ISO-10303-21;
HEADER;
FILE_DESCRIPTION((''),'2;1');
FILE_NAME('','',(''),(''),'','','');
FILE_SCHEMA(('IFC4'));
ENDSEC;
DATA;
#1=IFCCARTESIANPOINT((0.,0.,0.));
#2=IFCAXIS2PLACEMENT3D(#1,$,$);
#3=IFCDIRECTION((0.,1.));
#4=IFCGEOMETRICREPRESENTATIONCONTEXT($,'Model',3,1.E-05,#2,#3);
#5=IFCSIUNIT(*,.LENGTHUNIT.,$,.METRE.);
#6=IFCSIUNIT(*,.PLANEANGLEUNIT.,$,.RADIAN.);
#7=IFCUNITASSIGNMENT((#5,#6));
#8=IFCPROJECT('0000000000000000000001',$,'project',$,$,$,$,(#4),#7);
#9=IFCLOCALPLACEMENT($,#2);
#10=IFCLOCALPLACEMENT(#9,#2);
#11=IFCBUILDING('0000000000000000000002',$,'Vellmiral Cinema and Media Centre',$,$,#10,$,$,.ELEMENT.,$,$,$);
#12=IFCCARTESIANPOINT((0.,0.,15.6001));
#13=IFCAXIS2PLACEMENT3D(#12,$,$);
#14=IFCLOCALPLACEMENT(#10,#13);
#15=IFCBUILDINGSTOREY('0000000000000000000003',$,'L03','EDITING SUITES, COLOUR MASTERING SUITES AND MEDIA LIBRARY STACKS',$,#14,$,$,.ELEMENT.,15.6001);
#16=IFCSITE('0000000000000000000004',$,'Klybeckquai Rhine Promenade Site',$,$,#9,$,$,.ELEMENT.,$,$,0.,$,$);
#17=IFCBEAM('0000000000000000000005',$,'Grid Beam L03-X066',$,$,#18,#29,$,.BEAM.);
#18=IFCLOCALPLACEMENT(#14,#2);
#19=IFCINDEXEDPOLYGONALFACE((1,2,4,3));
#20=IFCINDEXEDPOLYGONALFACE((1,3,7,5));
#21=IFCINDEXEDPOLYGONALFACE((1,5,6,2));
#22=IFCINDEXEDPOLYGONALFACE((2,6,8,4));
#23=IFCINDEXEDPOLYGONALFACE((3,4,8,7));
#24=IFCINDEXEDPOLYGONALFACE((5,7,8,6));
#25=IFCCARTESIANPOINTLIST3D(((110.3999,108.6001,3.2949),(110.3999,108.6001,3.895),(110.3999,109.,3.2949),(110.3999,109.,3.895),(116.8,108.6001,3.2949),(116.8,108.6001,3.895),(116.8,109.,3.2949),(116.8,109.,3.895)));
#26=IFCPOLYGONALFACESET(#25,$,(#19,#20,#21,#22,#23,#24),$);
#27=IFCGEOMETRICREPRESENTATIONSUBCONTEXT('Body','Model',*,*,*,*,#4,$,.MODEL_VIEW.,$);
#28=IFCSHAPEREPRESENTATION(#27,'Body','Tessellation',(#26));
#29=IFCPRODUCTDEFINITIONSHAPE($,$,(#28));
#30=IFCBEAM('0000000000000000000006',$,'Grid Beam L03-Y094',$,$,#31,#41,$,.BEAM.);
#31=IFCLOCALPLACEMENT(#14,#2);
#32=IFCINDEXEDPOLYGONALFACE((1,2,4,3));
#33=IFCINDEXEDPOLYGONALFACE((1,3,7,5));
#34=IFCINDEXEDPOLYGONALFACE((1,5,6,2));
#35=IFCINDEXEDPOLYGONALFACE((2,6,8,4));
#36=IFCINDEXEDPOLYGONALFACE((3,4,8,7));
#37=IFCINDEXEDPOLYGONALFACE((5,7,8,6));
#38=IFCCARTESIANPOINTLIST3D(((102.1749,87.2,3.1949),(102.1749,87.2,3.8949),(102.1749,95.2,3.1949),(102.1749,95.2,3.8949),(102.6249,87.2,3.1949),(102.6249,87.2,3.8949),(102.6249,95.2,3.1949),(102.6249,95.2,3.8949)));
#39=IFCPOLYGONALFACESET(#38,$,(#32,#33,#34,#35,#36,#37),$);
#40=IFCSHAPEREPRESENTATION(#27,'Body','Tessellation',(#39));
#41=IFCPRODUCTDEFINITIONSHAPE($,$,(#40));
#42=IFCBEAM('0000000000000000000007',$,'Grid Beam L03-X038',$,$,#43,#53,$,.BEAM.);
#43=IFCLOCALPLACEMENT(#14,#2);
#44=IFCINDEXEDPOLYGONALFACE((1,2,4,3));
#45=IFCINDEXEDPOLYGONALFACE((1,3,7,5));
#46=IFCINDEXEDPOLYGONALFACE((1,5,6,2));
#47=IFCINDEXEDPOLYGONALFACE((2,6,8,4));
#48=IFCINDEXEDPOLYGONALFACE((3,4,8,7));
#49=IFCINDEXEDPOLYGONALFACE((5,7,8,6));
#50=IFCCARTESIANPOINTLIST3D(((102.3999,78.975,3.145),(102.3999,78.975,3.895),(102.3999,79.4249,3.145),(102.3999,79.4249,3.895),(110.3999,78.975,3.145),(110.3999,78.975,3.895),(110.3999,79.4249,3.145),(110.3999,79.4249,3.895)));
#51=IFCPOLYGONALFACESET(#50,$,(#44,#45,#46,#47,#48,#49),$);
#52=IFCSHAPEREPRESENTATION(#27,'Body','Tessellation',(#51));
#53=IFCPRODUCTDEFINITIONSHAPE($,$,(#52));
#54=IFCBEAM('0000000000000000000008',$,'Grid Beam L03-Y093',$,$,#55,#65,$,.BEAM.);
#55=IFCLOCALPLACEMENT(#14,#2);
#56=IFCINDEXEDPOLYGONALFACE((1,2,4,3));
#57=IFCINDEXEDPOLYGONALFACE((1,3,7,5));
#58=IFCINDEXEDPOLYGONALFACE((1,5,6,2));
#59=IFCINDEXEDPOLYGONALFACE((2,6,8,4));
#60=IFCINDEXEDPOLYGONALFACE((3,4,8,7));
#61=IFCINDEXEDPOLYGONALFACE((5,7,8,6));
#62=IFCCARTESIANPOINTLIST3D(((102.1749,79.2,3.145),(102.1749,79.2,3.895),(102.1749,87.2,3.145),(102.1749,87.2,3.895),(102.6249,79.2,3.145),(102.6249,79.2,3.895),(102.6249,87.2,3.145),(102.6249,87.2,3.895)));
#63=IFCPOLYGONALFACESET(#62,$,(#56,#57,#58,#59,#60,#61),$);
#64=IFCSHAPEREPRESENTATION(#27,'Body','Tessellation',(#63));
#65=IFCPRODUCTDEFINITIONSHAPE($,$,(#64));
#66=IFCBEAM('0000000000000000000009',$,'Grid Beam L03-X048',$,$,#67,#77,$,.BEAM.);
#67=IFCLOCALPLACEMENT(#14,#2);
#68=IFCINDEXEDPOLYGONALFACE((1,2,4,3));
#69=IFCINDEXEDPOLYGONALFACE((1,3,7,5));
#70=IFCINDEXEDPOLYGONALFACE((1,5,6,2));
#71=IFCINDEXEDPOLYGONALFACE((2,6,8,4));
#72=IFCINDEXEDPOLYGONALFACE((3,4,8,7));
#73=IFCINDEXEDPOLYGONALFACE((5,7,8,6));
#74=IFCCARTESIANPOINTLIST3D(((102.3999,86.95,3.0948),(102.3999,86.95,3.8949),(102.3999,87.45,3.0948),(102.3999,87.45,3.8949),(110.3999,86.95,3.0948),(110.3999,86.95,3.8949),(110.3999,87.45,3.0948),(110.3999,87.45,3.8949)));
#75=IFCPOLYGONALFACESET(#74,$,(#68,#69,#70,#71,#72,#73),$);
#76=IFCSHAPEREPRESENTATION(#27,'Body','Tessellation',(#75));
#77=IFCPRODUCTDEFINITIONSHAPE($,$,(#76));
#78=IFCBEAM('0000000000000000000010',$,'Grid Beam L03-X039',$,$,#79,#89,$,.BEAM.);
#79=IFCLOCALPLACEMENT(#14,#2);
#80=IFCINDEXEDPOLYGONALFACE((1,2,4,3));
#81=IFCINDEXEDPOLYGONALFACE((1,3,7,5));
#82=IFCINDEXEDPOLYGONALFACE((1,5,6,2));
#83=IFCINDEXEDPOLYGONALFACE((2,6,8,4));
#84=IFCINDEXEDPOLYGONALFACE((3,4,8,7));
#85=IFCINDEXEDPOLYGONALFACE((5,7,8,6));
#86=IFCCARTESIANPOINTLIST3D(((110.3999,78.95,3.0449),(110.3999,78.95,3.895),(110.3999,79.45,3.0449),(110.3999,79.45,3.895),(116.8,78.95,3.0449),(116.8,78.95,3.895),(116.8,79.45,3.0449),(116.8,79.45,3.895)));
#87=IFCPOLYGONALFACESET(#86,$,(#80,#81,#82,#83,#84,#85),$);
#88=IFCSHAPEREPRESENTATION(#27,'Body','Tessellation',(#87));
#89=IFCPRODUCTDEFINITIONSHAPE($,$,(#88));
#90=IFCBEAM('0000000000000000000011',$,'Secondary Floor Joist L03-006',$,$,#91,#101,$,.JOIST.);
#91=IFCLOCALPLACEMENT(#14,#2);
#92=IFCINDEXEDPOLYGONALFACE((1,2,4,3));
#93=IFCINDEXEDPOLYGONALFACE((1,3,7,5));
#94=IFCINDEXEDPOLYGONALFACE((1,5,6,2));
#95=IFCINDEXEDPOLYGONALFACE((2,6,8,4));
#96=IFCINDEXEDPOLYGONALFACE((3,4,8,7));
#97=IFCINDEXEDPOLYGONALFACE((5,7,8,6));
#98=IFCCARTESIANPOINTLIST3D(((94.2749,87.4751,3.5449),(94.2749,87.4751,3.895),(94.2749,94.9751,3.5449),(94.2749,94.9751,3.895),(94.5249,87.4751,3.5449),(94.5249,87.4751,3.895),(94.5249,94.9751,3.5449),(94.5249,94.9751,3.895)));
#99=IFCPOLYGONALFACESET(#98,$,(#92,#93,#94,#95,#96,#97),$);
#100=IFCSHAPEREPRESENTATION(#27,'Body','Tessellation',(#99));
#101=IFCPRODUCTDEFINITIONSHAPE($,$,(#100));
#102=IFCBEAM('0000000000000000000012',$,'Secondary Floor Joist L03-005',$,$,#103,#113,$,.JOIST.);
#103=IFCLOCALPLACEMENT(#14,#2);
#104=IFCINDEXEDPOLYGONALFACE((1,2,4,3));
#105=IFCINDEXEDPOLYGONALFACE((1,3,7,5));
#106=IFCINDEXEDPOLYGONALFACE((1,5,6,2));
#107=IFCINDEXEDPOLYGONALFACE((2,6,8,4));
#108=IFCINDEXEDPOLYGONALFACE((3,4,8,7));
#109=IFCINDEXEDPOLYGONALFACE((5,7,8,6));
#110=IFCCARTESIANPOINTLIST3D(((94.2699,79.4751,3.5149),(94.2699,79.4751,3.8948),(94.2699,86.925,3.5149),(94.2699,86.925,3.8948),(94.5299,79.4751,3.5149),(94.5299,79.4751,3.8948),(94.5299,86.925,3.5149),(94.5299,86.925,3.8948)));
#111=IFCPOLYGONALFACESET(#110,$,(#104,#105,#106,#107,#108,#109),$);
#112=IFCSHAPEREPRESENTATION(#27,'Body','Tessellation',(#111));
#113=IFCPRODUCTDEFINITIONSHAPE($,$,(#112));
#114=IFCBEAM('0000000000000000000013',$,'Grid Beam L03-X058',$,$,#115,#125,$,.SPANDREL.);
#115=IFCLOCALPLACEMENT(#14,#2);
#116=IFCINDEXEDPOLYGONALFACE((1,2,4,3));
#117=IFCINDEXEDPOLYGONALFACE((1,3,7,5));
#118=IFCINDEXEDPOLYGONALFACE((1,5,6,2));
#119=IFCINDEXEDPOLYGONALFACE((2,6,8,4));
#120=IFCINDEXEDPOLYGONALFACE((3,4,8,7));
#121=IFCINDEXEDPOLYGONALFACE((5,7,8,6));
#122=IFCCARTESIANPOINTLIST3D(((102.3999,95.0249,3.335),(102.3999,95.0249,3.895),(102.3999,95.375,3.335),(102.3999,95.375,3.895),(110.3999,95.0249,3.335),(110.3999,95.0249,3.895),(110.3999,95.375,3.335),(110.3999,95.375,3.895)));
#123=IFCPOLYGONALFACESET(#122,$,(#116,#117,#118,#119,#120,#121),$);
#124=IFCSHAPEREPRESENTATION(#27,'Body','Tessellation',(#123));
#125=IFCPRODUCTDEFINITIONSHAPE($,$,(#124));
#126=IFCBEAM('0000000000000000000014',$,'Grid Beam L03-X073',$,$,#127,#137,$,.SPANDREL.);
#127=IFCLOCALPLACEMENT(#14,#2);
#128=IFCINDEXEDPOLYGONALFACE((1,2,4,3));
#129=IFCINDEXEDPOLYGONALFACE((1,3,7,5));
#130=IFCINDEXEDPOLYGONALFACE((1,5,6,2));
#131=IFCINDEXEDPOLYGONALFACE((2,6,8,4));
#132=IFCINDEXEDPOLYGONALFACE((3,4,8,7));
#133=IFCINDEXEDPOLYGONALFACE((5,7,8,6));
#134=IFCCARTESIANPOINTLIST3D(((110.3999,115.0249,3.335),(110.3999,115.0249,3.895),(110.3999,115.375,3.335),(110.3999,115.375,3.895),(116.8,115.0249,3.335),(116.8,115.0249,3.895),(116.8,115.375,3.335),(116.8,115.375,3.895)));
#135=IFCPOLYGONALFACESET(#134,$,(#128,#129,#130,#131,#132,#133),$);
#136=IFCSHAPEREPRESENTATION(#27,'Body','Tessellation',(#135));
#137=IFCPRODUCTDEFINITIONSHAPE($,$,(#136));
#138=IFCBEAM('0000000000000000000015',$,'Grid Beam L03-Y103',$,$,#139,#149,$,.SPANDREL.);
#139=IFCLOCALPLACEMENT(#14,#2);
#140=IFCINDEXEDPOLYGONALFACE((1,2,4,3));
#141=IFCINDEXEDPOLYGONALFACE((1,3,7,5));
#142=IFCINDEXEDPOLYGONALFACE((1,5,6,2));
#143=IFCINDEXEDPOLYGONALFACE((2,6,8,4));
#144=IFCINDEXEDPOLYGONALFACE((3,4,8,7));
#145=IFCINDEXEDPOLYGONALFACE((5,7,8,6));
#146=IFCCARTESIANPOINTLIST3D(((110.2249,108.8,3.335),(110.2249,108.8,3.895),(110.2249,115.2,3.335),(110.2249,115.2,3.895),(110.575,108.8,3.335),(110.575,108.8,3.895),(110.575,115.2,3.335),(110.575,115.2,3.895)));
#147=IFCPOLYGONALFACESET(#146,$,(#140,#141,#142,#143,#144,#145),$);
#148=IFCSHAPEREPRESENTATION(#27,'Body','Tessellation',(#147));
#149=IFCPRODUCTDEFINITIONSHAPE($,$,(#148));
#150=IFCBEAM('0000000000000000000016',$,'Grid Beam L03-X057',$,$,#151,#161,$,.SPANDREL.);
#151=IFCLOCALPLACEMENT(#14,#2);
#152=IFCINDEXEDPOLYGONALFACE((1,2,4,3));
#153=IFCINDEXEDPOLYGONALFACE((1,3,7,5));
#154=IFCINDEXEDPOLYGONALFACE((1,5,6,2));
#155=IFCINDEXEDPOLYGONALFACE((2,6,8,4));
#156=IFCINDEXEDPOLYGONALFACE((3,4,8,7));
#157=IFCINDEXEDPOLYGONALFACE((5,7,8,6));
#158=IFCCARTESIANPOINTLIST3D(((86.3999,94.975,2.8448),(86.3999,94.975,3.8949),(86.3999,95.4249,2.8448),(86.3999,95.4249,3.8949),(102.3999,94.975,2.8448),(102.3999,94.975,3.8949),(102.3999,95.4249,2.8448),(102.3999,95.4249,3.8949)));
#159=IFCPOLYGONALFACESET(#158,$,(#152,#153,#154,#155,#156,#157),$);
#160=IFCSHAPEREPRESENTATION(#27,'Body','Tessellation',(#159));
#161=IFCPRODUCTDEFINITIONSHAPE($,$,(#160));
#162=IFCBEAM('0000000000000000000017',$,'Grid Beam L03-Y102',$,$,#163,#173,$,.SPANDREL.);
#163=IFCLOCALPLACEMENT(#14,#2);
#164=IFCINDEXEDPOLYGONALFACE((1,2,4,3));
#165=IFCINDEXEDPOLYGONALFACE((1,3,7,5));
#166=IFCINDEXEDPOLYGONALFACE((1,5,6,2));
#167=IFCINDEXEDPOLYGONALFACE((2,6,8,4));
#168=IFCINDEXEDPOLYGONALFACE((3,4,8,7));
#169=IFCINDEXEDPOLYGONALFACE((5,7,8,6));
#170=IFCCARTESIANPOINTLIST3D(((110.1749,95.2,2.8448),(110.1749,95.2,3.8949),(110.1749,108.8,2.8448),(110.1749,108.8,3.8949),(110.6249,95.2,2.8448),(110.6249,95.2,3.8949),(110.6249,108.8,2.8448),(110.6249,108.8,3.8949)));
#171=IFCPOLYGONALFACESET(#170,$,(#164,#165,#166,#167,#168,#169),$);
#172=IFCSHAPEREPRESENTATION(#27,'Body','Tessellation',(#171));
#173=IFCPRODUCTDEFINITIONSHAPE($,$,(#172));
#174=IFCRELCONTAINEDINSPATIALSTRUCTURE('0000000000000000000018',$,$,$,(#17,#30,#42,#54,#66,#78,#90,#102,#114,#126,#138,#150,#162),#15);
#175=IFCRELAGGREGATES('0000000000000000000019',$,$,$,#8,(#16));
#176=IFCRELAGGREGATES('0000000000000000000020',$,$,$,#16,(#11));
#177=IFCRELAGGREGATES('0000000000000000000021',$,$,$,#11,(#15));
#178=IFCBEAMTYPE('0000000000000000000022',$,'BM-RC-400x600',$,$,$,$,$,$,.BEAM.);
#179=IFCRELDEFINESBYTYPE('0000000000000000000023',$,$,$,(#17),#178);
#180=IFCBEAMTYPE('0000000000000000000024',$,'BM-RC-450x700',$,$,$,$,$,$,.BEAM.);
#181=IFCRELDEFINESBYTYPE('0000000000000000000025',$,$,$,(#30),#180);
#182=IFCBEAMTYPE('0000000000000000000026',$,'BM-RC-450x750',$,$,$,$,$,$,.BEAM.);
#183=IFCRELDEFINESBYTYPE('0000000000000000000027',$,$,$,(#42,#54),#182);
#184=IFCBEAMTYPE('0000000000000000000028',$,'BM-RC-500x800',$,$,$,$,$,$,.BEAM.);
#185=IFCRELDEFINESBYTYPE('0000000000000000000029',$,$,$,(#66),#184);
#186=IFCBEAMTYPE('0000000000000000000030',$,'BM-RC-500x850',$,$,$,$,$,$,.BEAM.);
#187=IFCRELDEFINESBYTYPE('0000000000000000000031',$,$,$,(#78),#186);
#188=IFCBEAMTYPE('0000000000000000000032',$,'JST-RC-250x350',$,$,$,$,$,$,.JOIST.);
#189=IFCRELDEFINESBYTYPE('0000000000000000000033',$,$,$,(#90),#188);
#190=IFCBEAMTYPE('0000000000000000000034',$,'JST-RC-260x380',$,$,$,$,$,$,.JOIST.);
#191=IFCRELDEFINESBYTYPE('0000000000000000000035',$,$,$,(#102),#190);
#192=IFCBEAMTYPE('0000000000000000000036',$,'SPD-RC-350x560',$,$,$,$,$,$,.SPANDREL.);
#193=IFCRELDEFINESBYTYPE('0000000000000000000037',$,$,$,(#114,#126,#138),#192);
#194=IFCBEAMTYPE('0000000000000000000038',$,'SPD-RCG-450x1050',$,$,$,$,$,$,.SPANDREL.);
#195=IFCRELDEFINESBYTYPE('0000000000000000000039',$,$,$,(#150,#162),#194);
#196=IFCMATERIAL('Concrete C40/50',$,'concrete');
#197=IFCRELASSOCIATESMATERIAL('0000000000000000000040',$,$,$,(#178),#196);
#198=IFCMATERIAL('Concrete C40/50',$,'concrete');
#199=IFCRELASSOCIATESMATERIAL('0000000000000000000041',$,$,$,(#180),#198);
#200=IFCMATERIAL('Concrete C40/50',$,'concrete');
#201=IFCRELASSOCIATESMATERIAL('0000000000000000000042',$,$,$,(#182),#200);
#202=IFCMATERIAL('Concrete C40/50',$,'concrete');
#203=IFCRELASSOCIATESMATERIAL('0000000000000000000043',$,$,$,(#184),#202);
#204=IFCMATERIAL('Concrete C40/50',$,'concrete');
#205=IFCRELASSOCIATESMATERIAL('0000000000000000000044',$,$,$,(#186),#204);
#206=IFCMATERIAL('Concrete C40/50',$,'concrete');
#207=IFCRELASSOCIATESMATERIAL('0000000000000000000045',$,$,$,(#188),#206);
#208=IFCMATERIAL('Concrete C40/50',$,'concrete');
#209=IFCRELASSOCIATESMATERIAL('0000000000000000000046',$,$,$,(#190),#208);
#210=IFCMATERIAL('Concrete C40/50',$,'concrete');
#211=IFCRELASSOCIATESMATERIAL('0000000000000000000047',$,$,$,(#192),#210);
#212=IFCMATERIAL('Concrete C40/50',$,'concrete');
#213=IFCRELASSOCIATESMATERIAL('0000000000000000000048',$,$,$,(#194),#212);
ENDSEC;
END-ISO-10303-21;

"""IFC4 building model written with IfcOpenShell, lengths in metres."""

from ifc_helpers import new_model, si_unit, direction, frame, origin, origin_2d, place, context, subcontext, project, spatial, rectangle, extrude, material, material_profile, profile_set, type_object, element, save


model = new_model("IFC4")

# Units and contexts
model_context = context("Model", 3, precision=1e-05, world=origin(), true_north=direction((0.0, 1.0)))
body_context = subcontext(model_context, "Body", "Model", "MODEL_VIEW")
ifc_project = project(units=[si_unit("LENGTHUNIT", "METRE"), si_unit("PLANEANGLEUNIT", "RADIAN")], contexts=[model_context])

# Site, building, storey
site_placement = place(None, origin())
site = spatial("IfcSite", under=ifc_project, at=site_placement, Name="Klybeckquai Rhine Promenade Site", CompositionType="ELEMENT", RefElevation=0.0)
building_placement = place(site_placement, origin())
building = spatial("IfcBuilding", under=site, at=building_placement, Name="Vellmiral Cinema and Media Centre", CompositionType="ELEMENT")
storey_placement = place(building_placement, frame((0.0, 0.0, 15.6001)))
storey = spatial("IfcBuildingStorey", under=building, at=storey_placement, Name="L03", Description="EDITING SUITES, COLOUR MASTERING SUITES AND MEDIA LIBRARY STACKS", CompositionType="ELEMENT", Elevation=15.6001)

# Beams
ifc_material_1 = material(Name="Concrete C40/50", Category="concrete")
ifc_material_profile_1 = material_profile(ifc_material_1, rectangle(XDim=0.3999, YDim=0.6001, at=origin_2d()), Name="RC 400x600")
ifc_profile_set_1 = profile_set([ifc_material_profile_1], Name="Concrete C40/50")
beam_type_1 = type_object("IfcBeamType", Name="BM-RC-400x600", PredefinedType="BEAM", material=ifc_profile_set_1)
beam_1_placement = place(storey_placement, frame((110.3999, 108.8, 3.595), z_axis=(1.0, 0.0, 0.0), x_axis=(0.0, 1.0, 0.0)))
element("IfcBeam", 1, at=beam_1_placement, inside=storey, type_object=beam_type_1, Name="Grid Beam L03-X066", PredefinedType="BEAM", context=body_context, shape_type="SweptSolid", body=[
    extrude(rectangle(XDim=0.3999, YDim=0.6001, at=origin_2d()), origin(), (0.0, 0.0, 1.0), 6.4001),
])
ifc_material_2 = material(Name="Concrete C40/50", Category="concrete")
ifc_material_profile_2 = material_profile(ifc_material_2, rectangle(XDim=0.45, YDim=0.7, at=origin_2d()), Name="RC 450x700")
ifc_profile_set_2 = profile_set([ifc_material_profile_2], Name="Concrete C40/50")
beam_type_2 = type_object("IfcBeamType", Name="BM-RC-450x700", PredefinedType="BEAM", material=ifc_profile_set_2)
beam_2_placement = place(storey_placement, frame((102.3999, 87.2, 3.5449), z_axis=(0.0, 1.0, 0.0), x_axis=(-1.0, 0.0, 0.0)))
element("IfcBeam", 2, at=beam_2_placement, inside=storey, type_object=beam_type_2, Name="Grid Beam L03-Y094", PredefinedType="BEAM", context=body_context, shape_type="SweptSolid", body=[
    extrude(rectangle(XDim=0.45, YDim=0.7, at=origin_2d()), origin(), (0.0, 0.0, 1.0), 8.0),
])
ifc_material_3 = material(Name="Concrete C40/50", Category="concrete")
ifc_material_profile_3 = material_profile(ifc_material_3, rectangle(XDim=0.45, YDim=0.75, at=origin_2d()), Name="RC 450x750")
ifc_profile_set_3 = profile_set([ifc_material_profile_3], Name="Concrete C40/50")
beam_type_3 = type_object("IfcBeamType", Name="BM-RC-450x750", PredefinedType="BEAM", material=ifc_profile_set_3)
for number, where, z_axis, x_axis, name in (
    (3, (102.3999, 79.2, 3.52), (1.0, 0.0, 0.0), (0.0, 1.0, 0.0), "Grid Beam L03-X038"),
    (4, (102.3999, 79.2, 3.52), (0.0, 1.0, 0.0), (-1.0, 0.0, 0.0), "Grid Beam L03-Y093"),
):
    element("IfcBeam", number, at=place(storey_placement, frame(where, z_axis=z_axis, x_axis=x_axis)), inside=storey, type_object=beam_type_3, Name=name, PredefinedType="BEAM", context=body_context, shape_type="SweptSolid", body=[
        extrude(rectangle(XDim=0.45, YDim=0.75, at=origin_2d()), origin(), (0.0, 0.0, 1.0), 8.0),
    ])
ifc_material_4 = material(Name="Concrete C40/50", Category="concrete")
ifc_material_profile_4 = material_profile(ifc_material_4, rectangle(XDim=0.5, YDim=0.8, at=origin_2d()), Name="RC 500x800")
ifc_profile_set_4 = profile_set([ifc_material_profile_4], Name="Concrete C40/50")
beam_type_4 = type_object("IfcBeamType", Name="BM-RC-500x800", PredefinedType="BEAM", material=ifc_profile_set_4)
beam_3_placement = place(storey_placement, frame((102.3999, 87.2, 3.4949), z_axis=(1.0, 0.0, 0.0), x_axis=(0.0, 1.0, 0.0)))
element("IfcBeam", 5, at=beam_3_placement, inside=storey, type_object=beam_type_4, Name="Grid Beam L03-X048", PredefinedType="BEAM", context=body_context, shape_type="SweptSolid", body=[
    extrude(rectangle(XDim=0.5, YDim=0.8, at=origin_2d()), origin(), (0.0, 0.0, 1.0), 8.0),
])
ifc_material_5 = material(Name="Concrete C40/50", Category="concrete")
ifc_material_profile_5 = material_profile(ifc_material_5, rectangle(XDim=0.5, YDim=0.8501, at=origin_2d()), Name="RC 500x850")
ifc_profile_set_5 = profile_set([ifc_material_profile_5], Name="Concrete C40/50")
beam_type_5 = type_object("IfcBeamType", Name="BM-RC-500x850", PredefinedType="BEAM", material=ifc_profile_set_5)
beam_4_placement = place(storey_placement, frame((110.3999, 79.2, 3.47), z_axis=(1.0, 0.0, 0.0), x_axis=(0.0, 1.0, 0.0)))
element("IfcBeam", 6, at=beam_4_placement, inside=storey, type_object=beam_type_5, Name="Grid Beam L03-X039", PredefinedType="BEAM", context=body_context, shape_type="SweptSolid", body=[
    extrude(rectangle(XDim=0.5, YDim=0.8501, at=origin_2d()), origin(), (0.0, 0.0, 1.0), 6.4001),
])
ifc_material_6 = material(Name="Concrete C40/50", Category="concrete")
ifc_material_profile_6 = material_profile(ifc_material_6, rectangle(XDim=0.25, YDim=0.3501, at=origin_2d()), Name="RC 250x350")
ifc_profile_set_6 = profile_set([ifc_material_profile_6], Name="Concrete C40/50")
beam_type_6 = type_object("IfcBeamType", Name="JST-RC-250x350", PredefinedType="JOIST", material=ifc_profile_set_6)
beam_5_placement = place(storey_placement, frame((94.3999, 87.4751, 3.72), z_axis=(0.0, 1.0, 0.0), x_axis=(-1.0, 0.0, 0.0)))
element("IfcBeam", 7, at=beam_5_placement, inside=storey, type_object=beam_type_6, Name="Secondary Floor Joist L03-006", PredefinedType="JOIST", context=body_context, shape_type="SweptSolid", body=[
    extrude(rectangle(XDim=0.25, YDim=0.3501, at=origin_2d()), origin(), (0.0, 0.0, 1.0), 7.5),
])
ifc_material_7 = material(Name="Concrete C40/50", Category="concrete")
ifc_material_profile_7 = material_profile(ifc_material_7, rectangle(XDim=0.26, YDim=0.3799, at=origin_2d()), Name="RC 260x380")
ifc_profile_set_7 = profile_set([ifc_material_profile_7], Name="Concrete C40/50")
beam_type_7 = type_object("IfcBeamType", Name="JST-RC-260x380", PredefinedType="JOIST", material=ifc_profile_set_7)
beam_6_placement = place(storey_placement, frame((94.3999, 79.4751, 3.7048), z_axis=(0.0, 1.0, 0.0), x_axis=(-1.0, 0.0, 0.0)))
element("IfcBeam", 8, at=beam_6_placement, inside=storey, type_object=beam_type_7, Name="Secondary Floor Joist L03-005", PredefinedType="JOIST", context=body_context, shape_type="SweptSolid", body=[
    extrude(rectangle(XDim=0.26, YDim=0.3799, at=origin_2d()), origin(), (0.0, 0.0, 1.0), 7.45),
])
ifc_material_8 = material(Name="Concrete C40/50", Category="concrete")
ifc_material_profile_8 = material_profile(ifc_material_8, rectangle(XDim=0.3501, YDim=0.5601, at=origin_2d()), Name="RC 350x560")
ifc_profile_set_8 = profile_set([ifc_material_profile_8], Name="Concrete C40/50")
beam_type_8 = type_object("IfcBeamType", Name="SPD-RC-350x560", PredefinedType="SPANDREL", material=ifc_profile_set_8)
beam_7_placement = place(storey_placement, frame((102.3999, 95.2, 3.615), z_axis=(1.0, 0.0, 0.0), x_axis=(0.0, 1.0, 0.0)))
element("IfcBeam", 9, at=beam_7_placement, inside=storey, type_object=beam_type_8, Name="Grid Beam L03-X058", PredefinedType="SPANDREL", context=body_context, shape_type="SweptSolid", body=[
    extrude(rectangle(XDim=0.3501, YDim=0.5601, at=origin_2d()), origin(), (0.0, 0.0, 1.0), 8.0),
])
beam_8_placement = place(storey_placement, frame((110.3999, 115.2, 3.615), z_axis=(1.0, 0.0, 0.0), x_axis=(0.0, 1.0, 0.0)))
element("IfcBeam", 10, at=beam_8_placement, inside=storey, type_object=beam_type_8, Name="Grid Beam L03-X073", PredefinedType="SPANDREL", context=body_context, shape_type="SweptSolid", body=[
    extrude(rectangle(XDim=0.3501, YDim=0.5601, at=origin_2d()), origin(), (0.0, 0.0, 1.0), 6.4001),
])
beam_9_placement = place(storey_placement, frame((110.3999, 108.8, 3.615), z_axis=(0.0, 1.0, 0.0), x_axis=(-1.0, 0.0, 0.0)))
element("IfcBeam", 11, at=beam_9_placement, inside=storey, type_object=beam_type_8, Name="Grid Beam L03-Y103", PredefinedType="SPANDREL", context=body_context, shape_type="SweptSolid", body=[
    extrude(rectangle(XDim=0.3501, YDim=0.5601, at=origin_2d()), origin(), (0.0, 0.0, 1.0), 6.3999),
])
ifc_material_9 = material(Name="Concrete C40/50", Category="concrete")
ifc_material_profile_9 = material_profile(ifc_material_9, rectangle(XDim=0.45, YDim=1.05, at=origin_2d()), Name="RC 450x1050")
ifc_profile_set_9 = profile_set([ifc_material_profile_9], Name="Concrete C40/50")
beam_type_9 = type_object("IfcBeamType", Name="SPD-RCG-450x1050", PredefinedType="SPANDREL", material=ifc_profile_set_9)
beam_10_placement = place(storey_placement, frame((86.3999, 95.2, 3.3699), z_axis=(1.0, 0.0, 0.0), x_axis=(0.0, 1.0, 0.0)))
element("IfcBeam", 12, at=beam_10_placement, inside=storey, type_object=beam_type_9, Name="Grid Beam L03-X057", PredefinedType="SPANDREL", context=body_context, shape_type="SweptSolid", body=[
    extrude(rectangle(XDim=0.45, YDim=1.05, at=origin_2d()), origin(), (0.0, 0.0, 1.0), 16.0),
])
beam_11_placement = place(storey_placement, frame((110.3999, 95.2, 3.3699), z_axis=(0.0, 1.0, 0.0), x_axis=(-1.0, 0.0, 0.0)))
element("IfcBeam", 13, at=beam_11_placement, inside=storey, type_object=beam_type_9, Name="Grid Beam L03-Y102", PredefinedType="SPANDREL", context=body_context, shape_type="SweptSolid", body=[
    extrude(rectangle(XDim=0.45, YDim=1.05, at=origin_2d()), origin(), (0.0, 0.0, 1.0), 13.6001),
])

save(model, "model.ifc")
